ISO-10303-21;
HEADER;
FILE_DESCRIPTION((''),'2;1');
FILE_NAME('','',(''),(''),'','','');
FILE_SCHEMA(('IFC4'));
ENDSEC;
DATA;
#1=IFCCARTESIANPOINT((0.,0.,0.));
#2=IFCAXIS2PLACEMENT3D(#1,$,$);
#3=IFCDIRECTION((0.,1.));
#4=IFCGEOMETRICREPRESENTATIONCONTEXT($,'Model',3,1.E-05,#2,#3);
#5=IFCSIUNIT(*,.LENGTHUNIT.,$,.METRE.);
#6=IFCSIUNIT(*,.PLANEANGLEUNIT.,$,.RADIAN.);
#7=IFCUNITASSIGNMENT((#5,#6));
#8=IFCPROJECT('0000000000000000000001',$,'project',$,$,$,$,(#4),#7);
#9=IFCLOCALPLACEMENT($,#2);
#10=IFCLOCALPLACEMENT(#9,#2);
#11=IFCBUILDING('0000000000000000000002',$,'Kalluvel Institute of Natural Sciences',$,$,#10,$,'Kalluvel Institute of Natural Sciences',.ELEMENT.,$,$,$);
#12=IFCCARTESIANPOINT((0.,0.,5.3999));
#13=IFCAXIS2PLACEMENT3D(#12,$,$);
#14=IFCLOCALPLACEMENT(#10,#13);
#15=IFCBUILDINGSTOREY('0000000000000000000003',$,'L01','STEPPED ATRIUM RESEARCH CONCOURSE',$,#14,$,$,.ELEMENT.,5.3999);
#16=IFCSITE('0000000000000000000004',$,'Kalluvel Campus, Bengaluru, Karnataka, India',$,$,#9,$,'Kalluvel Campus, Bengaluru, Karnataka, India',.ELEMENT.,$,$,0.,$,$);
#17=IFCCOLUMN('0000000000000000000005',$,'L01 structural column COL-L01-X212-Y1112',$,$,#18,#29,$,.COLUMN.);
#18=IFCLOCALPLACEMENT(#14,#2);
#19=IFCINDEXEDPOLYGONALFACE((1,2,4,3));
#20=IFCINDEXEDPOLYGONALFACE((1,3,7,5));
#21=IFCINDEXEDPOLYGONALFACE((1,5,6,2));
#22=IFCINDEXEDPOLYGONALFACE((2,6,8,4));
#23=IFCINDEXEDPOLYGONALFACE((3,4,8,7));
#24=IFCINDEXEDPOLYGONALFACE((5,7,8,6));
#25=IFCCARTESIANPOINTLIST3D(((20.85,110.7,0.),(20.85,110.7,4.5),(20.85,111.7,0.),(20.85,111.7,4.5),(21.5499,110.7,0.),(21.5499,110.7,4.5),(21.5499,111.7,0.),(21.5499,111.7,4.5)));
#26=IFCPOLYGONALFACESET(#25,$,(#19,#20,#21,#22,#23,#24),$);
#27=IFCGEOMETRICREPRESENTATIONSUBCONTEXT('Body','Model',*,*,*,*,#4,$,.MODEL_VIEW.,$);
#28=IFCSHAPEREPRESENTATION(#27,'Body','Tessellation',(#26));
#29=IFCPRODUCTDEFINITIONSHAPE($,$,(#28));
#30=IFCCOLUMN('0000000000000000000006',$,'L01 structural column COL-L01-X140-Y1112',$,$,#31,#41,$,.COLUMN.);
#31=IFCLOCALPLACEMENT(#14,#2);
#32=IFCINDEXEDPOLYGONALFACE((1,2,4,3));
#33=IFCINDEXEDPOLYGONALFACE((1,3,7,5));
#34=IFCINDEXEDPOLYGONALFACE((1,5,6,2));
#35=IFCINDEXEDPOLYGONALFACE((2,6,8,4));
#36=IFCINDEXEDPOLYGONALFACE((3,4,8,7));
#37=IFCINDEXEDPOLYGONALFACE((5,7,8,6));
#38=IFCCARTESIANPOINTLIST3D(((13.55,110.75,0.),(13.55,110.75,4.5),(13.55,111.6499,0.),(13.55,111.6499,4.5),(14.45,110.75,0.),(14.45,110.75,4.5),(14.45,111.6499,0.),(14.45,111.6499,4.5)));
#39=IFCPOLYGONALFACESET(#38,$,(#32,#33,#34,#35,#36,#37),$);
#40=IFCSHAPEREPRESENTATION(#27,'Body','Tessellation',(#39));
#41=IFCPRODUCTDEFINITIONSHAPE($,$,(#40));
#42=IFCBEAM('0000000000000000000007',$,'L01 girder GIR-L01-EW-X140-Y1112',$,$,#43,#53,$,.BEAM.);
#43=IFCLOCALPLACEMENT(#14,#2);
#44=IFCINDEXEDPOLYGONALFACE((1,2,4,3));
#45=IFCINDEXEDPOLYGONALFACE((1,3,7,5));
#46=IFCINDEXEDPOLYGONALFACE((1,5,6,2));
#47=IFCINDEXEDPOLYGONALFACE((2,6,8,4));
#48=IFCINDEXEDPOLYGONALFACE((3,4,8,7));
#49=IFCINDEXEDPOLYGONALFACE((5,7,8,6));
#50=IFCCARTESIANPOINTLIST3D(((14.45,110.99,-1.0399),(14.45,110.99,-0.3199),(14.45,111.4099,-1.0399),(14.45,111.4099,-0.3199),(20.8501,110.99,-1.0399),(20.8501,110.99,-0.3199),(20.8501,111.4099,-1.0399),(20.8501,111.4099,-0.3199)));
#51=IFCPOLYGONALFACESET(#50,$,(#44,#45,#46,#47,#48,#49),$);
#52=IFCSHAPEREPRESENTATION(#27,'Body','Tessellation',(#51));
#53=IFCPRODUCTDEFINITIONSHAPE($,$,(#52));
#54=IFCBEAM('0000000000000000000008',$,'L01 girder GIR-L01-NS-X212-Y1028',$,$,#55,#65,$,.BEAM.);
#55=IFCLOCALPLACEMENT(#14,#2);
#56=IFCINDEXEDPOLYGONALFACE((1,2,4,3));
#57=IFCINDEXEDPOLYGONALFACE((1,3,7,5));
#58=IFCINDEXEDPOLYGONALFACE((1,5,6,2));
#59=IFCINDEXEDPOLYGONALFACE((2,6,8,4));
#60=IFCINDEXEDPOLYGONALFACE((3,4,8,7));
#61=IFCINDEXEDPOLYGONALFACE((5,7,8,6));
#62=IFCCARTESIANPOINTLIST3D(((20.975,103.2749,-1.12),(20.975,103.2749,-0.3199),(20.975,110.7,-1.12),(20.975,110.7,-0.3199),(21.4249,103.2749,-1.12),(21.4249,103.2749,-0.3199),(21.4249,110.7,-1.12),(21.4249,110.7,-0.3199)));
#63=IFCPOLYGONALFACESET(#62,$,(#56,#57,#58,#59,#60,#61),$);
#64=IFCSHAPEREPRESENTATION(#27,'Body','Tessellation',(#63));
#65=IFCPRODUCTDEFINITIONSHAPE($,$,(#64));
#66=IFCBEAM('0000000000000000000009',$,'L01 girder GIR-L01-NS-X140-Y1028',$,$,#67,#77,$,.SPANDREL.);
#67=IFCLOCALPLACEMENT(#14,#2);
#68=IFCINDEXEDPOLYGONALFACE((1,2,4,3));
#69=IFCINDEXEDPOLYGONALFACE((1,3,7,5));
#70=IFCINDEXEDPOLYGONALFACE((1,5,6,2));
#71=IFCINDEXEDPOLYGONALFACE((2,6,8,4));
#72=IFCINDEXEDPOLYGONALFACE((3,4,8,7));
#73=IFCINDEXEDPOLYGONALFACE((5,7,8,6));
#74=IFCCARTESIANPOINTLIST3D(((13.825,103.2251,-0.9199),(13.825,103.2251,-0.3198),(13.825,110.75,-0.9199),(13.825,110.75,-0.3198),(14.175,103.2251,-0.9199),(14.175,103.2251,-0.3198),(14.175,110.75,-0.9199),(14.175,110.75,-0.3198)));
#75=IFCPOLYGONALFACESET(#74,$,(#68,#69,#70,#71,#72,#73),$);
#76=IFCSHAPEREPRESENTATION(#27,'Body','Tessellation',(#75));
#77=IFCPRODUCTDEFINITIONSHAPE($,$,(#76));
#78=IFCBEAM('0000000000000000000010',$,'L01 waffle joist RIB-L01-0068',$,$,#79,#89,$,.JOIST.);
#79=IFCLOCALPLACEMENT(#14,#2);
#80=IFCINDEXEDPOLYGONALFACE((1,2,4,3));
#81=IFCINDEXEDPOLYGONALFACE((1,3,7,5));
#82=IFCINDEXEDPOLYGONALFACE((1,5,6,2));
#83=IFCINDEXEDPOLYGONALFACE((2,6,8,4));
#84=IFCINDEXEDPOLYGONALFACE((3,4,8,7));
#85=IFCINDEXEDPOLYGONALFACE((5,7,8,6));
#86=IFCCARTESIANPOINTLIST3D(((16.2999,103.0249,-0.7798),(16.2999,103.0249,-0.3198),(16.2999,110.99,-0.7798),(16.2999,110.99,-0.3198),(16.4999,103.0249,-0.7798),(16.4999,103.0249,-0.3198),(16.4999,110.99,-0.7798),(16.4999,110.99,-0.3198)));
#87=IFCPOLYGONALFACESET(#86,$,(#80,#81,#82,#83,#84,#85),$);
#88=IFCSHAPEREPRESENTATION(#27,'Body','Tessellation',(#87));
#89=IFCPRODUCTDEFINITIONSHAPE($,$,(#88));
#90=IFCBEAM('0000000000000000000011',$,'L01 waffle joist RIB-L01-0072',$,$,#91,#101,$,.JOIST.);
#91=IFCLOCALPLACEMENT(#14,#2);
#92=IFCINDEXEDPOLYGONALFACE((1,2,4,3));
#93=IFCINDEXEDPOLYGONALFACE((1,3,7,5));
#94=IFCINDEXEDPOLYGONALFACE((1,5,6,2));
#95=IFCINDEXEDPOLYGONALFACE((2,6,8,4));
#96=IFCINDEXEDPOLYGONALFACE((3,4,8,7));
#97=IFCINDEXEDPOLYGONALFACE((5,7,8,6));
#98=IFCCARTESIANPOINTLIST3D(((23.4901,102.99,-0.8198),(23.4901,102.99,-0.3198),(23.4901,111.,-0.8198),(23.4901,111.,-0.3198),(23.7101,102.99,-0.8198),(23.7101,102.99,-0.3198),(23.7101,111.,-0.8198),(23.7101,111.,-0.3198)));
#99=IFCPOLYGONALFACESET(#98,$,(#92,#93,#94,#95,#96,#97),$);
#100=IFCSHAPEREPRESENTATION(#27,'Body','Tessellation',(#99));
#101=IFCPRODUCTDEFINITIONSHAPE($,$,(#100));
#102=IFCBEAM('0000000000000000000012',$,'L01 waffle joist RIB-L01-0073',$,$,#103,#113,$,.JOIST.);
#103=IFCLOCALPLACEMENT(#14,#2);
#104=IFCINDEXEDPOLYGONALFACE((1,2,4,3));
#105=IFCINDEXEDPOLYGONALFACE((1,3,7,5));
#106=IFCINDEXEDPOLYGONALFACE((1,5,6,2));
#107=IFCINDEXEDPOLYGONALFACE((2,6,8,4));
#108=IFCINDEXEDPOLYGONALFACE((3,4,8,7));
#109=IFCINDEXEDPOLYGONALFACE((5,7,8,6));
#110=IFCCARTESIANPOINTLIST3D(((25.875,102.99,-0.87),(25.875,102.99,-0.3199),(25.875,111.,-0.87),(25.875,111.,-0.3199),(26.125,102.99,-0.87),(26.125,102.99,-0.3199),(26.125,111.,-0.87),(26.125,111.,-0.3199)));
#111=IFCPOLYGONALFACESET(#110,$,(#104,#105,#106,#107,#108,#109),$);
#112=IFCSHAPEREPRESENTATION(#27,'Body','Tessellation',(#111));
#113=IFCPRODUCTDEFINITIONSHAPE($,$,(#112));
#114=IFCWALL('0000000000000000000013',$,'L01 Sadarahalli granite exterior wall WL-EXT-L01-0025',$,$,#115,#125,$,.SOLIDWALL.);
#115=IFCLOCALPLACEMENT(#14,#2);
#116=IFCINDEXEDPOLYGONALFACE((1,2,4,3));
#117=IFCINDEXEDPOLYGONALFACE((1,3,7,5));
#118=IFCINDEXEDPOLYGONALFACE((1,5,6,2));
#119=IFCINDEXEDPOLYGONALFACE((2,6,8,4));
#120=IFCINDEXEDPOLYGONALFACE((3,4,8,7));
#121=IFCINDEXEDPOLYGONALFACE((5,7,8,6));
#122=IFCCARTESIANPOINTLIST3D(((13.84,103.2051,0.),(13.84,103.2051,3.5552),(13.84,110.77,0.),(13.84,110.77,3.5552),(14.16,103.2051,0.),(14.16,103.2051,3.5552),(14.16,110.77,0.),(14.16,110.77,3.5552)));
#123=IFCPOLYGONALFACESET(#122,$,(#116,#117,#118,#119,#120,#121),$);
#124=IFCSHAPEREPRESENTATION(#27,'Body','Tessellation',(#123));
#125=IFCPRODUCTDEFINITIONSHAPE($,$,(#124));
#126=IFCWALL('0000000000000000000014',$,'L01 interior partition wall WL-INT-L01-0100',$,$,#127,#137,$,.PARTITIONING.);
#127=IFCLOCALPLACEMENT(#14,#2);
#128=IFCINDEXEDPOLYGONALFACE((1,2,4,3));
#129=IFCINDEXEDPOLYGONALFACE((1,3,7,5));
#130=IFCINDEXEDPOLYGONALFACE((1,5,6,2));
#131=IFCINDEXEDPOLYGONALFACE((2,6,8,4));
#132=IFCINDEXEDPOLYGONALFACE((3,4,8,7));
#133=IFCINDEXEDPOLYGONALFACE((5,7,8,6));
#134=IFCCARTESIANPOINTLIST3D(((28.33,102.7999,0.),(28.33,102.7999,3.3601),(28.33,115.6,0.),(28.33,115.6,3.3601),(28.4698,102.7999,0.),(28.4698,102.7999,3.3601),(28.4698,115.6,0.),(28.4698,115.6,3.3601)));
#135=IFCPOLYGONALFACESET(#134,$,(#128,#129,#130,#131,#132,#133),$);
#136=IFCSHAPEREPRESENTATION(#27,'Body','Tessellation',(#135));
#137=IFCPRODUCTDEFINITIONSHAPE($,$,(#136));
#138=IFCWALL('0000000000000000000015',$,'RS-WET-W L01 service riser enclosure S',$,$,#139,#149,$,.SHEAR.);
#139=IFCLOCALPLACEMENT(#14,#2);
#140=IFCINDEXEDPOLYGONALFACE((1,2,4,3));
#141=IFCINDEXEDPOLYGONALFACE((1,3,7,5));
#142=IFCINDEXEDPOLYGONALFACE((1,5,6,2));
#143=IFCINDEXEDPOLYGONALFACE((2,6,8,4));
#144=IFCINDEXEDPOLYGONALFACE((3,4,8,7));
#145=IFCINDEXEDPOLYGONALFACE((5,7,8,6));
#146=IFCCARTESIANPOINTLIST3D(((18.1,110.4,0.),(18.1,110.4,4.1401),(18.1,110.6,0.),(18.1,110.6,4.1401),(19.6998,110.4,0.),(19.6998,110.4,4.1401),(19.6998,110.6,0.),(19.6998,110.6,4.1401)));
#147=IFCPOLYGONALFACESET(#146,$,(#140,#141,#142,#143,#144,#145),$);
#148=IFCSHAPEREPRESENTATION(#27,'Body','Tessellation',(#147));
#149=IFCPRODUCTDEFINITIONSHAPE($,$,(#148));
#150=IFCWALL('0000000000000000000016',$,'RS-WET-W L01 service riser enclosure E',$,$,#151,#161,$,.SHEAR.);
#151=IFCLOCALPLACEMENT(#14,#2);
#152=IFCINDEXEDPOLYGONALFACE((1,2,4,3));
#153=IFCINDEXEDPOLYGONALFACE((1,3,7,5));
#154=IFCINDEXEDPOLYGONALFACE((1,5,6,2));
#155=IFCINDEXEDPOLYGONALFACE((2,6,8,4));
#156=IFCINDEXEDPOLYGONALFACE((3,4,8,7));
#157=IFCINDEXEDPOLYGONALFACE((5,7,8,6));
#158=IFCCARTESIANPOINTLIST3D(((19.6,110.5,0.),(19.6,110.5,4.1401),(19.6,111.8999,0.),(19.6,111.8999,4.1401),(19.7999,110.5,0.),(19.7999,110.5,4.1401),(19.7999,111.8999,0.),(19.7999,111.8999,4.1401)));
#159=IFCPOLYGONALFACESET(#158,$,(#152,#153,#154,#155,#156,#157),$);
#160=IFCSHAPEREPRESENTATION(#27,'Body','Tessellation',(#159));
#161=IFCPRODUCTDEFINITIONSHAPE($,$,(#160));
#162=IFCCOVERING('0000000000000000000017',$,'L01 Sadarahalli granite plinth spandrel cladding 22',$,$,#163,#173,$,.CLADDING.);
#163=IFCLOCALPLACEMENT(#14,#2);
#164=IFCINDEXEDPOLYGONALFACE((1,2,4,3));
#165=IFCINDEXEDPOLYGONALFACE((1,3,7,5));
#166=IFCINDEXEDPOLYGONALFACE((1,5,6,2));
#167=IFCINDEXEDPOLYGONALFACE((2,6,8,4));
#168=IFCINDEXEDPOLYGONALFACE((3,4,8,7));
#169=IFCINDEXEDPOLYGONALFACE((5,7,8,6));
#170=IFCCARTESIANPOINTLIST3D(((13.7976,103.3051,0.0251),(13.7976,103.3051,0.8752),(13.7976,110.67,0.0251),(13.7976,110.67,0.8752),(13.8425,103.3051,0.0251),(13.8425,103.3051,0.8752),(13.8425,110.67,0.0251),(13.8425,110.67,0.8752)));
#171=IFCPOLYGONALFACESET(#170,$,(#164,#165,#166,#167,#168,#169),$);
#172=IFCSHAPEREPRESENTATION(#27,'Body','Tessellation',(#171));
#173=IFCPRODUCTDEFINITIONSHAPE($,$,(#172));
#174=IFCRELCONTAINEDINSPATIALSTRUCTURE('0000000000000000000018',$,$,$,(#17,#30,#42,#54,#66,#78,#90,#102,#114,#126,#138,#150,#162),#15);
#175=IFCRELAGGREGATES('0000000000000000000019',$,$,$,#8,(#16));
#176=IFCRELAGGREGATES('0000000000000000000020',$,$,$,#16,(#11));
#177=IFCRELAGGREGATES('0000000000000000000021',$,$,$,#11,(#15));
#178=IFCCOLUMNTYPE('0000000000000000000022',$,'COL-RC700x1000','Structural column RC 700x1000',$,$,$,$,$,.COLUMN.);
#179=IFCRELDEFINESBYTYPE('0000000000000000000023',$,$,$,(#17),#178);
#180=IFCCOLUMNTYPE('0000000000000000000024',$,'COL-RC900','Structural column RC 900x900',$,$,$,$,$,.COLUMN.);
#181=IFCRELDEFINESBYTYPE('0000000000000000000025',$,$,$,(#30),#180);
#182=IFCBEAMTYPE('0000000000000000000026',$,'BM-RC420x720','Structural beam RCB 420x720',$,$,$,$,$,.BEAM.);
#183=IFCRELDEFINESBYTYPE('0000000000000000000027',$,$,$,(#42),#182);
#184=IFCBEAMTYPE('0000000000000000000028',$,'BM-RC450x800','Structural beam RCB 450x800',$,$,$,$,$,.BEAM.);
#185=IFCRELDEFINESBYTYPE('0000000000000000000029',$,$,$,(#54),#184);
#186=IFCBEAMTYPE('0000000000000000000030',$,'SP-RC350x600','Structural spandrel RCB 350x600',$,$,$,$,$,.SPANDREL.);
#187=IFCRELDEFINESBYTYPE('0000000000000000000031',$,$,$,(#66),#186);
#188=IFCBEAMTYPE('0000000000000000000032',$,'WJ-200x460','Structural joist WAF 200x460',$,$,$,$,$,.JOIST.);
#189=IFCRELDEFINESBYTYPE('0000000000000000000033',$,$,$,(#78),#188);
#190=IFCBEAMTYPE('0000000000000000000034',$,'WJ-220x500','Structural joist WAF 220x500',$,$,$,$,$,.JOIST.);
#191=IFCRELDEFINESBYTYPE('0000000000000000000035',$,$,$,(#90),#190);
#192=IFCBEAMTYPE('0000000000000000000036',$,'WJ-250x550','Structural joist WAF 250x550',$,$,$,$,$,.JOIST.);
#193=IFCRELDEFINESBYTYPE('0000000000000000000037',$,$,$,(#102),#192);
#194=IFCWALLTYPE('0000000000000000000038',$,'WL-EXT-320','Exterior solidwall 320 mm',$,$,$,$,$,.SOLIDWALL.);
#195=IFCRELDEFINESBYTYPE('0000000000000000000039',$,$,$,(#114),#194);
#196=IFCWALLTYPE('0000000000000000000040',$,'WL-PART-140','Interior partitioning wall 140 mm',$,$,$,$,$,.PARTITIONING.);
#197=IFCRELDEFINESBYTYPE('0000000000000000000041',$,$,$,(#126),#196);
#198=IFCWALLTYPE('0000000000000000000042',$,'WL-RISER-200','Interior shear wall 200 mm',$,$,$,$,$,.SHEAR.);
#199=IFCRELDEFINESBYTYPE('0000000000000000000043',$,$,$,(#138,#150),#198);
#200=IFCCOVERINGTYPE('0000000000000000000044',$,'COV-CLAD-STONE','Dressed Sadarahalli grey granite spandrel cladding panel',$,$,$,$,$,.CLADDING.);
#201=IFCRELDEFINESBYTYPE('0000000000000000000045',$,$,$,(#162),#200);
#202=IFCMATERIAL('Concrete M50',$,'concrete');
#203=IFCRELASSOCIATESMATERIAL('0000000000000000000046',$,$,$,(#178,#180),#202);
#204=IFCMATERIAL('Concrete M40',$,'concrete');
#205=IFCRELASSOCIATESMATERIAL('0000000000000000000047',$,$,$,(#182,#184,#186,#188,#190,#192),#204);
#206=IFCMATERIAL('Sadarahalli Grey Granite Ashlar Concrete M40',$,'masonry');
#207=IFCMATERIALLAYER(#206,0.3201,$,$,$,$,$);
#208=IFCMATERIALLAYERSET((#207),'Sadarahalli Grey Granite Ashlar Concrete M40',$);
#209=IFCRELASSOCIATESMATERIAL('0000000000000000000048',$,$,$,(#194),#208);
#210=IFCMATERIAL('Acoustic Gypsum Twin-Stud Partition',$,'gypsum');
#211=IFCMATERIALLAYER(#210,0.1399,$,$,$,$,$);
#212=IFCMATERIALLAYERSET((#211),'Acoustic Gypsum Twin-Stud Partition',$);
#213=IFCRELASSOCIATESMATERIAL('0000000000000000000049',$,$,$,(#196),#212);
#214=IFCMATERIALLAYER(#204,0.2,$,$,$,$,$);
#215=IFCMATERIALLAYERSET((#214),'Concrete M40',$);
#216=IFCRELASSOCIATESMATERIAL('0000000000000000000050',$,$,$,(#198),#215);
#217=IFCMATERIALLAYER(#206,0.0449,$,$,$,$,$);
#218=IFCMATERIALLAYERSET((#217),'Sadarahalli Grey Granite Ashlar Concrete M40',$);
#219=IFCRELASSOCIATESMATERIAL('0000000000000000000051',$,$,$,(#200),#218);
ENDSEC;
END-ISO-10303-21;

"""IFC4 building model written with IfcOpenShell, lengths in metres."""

from ifc_helpers import new_model, si_unit, direction, frame, frame_2d, origin, origin_2d, place, context, subcontext, project, spatial, rectangle, extrude, material, layer, layer_set, material_profile, profile_set, type_object, element, save


model = new_model("IFC4")

# Units and contexts
model_context = context("Model", 3, precision=1e-05, world=origin(), true_north=direction((0.0, 1.0)))
body_context = subcontext(model_context, "Body", "Model", "MODEL_VIEW")
ifc_project = project(units=[si_unit("LENGTHUNIT", "METRE"), si_unit("PLANEANGLEUNIT", "RADIAN")], contexts=[model_context])

# Site, building, storey
site_placement = place(None, origin())
site = spatial("IfcSite", under=ifc_project, at=site_placement, Name="Kalluvel Campus, Bengaluru, Karnataka, India", LongName="Kalluvel Campus, Bengaluru, Karnataka, India", CompositionType="ELEMENT", RefElevation=0.0)
building_placement = place(site_placement, origin())
building = spatial("IfcBuilding", under=site, at=building_placement, Name="Kalluvel Institute of Natural Sciences", LongName="Kalluvel Institute of Natural Sciences", CompositionType="ELEMENT")
storey_placement = place(building_placement, frame((0.0, 0.0, 5.3999)))
storey = spatial("IfcBuildingStorey", under=building, at=storey_placement, Name="L01", Description="STEPPED ATRIUM RESEARCH CONCOURSE", CompositionType="ELEMENT", Elevation=5.3999)

# Columns
ifc_material_1 = material(Name="Concrete M50", Category="concrete")
ifc_material_profile_1 = material_profile(ifc_material_1, rectangle(XDim=0.7, YDim=1.0, at=origin_2d()), Name="RC 700x1000")
ifc_profile_set_1 = profile_set([ifc_material_profile_1], Name="Concrete M50")
column_type_1 = type_object("IfcColumnType", Name="COL-RC700x1000", Description="Structural column RC 700x1000", PredefinedType="COLUMN", material=ifc_profile_set_1)
column_1_placement = place(storey_placement, frame((21.2, 111.2, 0.0), z_axis=(0.0, 0.0, 1.0), x_axis=(1.0, 0.0, 0.0)))
element("IfcColumn", 1, at=column_1_placement, inside=storey, type_object=column_type_1, Name="L01 structural column COL-L01-X212-Y1112", PredefinedType="COLUMN", context=body_context, shape_type="SweptSolid", body=[
    extrude(rectangle(XDim=0.7, YDim=1.0, at=origin_2d()), origin(), (0.0, 0.0, 1.0), 4.5),
])
ifc_material_profile_2 = material_profile(ifc_material_1, rectangle(XDim=0.8999, YDim=0.8999, at=origin_2d()), Name="RC 900x900")
ifc_profile_set_2 = profile_set([ifc_material_profile_2], Name="Concrete M50")
column_type_2 = type_object("IfcColumnType", Name="COL-RC900", Description="Structural column RC 900x900", PredefinedType="COLUMN", material=ifc_profile_set_2)
column_2_placement = place(storey_placement, frame((14.0, 111.2, 0.0), z_axis=(0.0, 0.0, 1.0), x_axis=(1.0, 0.0, 0.0)))
element("IfcColumn", 2, at=column_2_placement, inside=storey, type_object=column_type_2, Name="L01 structural column COL-L01-X140-Y1112", PredefinedType="COLUMN", context=body_context, shape_type="SweptSolid", body=[
    extrude(rectangle(XDim=0.8999, YDim=0.8999, at=origin_2d()), origin(), (0.0, 0.0, 1.0), 4.5),
])

# Beams
ifc_material_2 = material(Name="Concrete M40", Category="concrete")
ifc_material_profile_3 = material_profile(ifc_material_2, rectangle(XDim=0.4199, YDim=0.72, at=origin_2d()), Name="RCB 420x720")
ifc_profile_set_3 = profile_set([ifc_material_profile_3], Name="Concrete M40")
beam_type_1 = type_object("IfcBeamType", Name="BM-RC420x720", Description="Structural beam RCB 420x720", PredefinedType="BEAM", material=ifc_profile_set_3)
beam_1_placement = place(storey_placement, frame((14.45, 111.2, -0.6799), z_axis=(1.0, 0.0, 0.0), x_axis=(0.0, 1.0, 0.0)))
element("IfcBeam", 3, at=beam_1_placement, inside=storey, type_object=beam_type_1, Name="L01 girder GIR-L01-EW-X140-Y1112", PredefinedType="BEAM", context=body_context, shape_type="SweptSolid", body=[
    extrude(rectangle(XDim=0.4199, YDim=0.72, at=origin_2d()), origin(), (0.0, 0.0, 1.0), 6.4001),
])
ifc_material_profile_4 = material_profile(ifc_material_2, rectangle(XDim=0.45, YDim=0.8, at=origin_2d()), Name="RCB 450x800")
ifc_profile_set_4 = profile_set([ifc_material_profile_4], Name="Concrete M40")
beam_type_2 = type_object("IfcBeamType", Name="BM-RC450x800", Description="Structural beam RCB 450x800", PredefinedType="BEAM", material=ifc_profile_set_4)
beam_2_placement = place(storey_placement, frame((21.2, 103.2749, -0.72), z_axis=(0.0, 1.0, 0.0), x_axis=(-1.0, 0.0, 0.0)))
element("IfcBeam", 4, at=beam_2_placement, inside=storey, type_object=beam_type_2, Name="L01 girder GIR-L01-NS-X212-Y1028", PredefinedType="BEAM", context=body_context, shape_type="SweptSolid", body=[
    extrude(rectangle(XDim=0.45, YDim=0.8, at=origin_2d()), origin(), (0.0, 0.0, 1.0), 7.425),
])
ifc_material_profile_5 = material_profile(ifc_material_2, rectangle(XDim=0.3501, YDim=0.6001, at=origin_2d()), Name="RCB 350x600")
ifc_profile_set_5 = profile_set([ifc_material_profile_5], Name="Concrete M40")
beam_type_3 = type_object("IfcBeamType", Name="SP-RC350x600", Description="Structural spandrel RCB 350x600", PredefinedType="SPANDREL", material=ifc_profile_set_5)
beam_3_placement = place(storey_placement, frame((14.0, 103.2251, -0.6199), z_axis=(0.0, 1.0, 0.0), x_axis=(-1.0, 0.0, 0.0)))
element("IfcBeam", 5, at=beam_3_placement, inside=storey, type_object=beam_type_3, Name="L01 girder GIR-L01-NS-X140-Y1028", PredefinedType="SPANDREL", context=body_context, shape_type="SweptSolid", body=[
    extrude(rectangle(XDim=0.3501, YDim=0.6001, at=origin_2d()), origin(), (0.0, 0.0, 1.0), 7.5249),
])
ifc_material_profile_6 = material_profile(ifc_material_2, rectangle(XDim=0.2, YDim=0.46, at=origin_2d()), Name="WAF 200x460")
ifc_profile_set_6 = profile_set([ifc_material_profile_6], Name="Concrete M40")
beam_type_4 = type_object("IfcBeamType", Name="WJ-200x460", Description="Structural joist WAF 200x460", PredefinedType="JOIST", material=ifc_profile_set_6)
beam_4_placement = place(storey_placement, frame((16.3999, 103.0249, -0.5498), z_axis=(0.0, 1.0, 0.0), x_axis=(-1.0, 0.0, 0.0)))
element("IfcBeam", 6, at=beam_4_placement, inside=storey, type_object=beam_type_4, Name="L01 waffle joist RIB-L01-0068", PredefinedType="JOIST", context=body_context, shape_type="SweptSolid", body=[
    extrude(rectangle(XDim=0.2, YDim=0.46, at=origin_2d()), origin(), (0.0, 0.0, 1.0), 7.9651),
])
ifc_material_profile_7 = material_profile(ifc_material_2, rectangle(XDim=0.22, YDim=0.5, at=origin_2d()), Name="WAF 220x500")
ifc_profile_set_7 = profile_set([ifc_material_profile_7], Name="Concrete M40")
beam_type_5 = type_object("IfcBeamType", Name="WJ-220x500", Description="Structural joist WAF 220x500", PredefinedType="JOIST", material=ifc_profile_set_7)
beam_5_placement = place(storey_placement, frame((23.6001, 102.99, -0.5698), z_axis=(0.0, 1.0, 0.0), x_axis=(-1.0, 0.0, 0.0)))
element("IfcBeam", 7, at=beam_5_placement, inside=storey, type_object=beam_type_5, Name="L01 waffle joist RIB-L01-0072", PredefinedType="JOIST", context=body_context, shape_type="SweptSolid", body=[
    extrude(rectangle(XDim=0.22, YDim=0.5, at=origin_2d()), origin(), (0.0, 0.0, 1.0), 8.01),
])
ifc_material_profile_8 = material_profile(ifc_material_2, rectangle(XDim=0.25, YDim=0.55, at=origin_2d()), Name="WAF 250x550")
ifc_profile_set_8 = profile_set([ifc_material_profile_8], Name="Concrete M40")
beam_type_6 = type_object("IfcBeamType", Name="WJ-250x550", Description="Structural joist WAF 250x550", PredefinedType="JOIST", material=ifc_profile_set_8)
beam_6_placement = place(storey_placement, frame((26.0, 102.99, -0.595), z_axis=(0.0, 1.0, 0.0), x_axis=(-1.0, 0.0, 0.0)))
element("IfcBeam", 8, at=beam_6_placement, inside=storey, type_object=beam_type_6, Name="L01 waffle joist RIB-L01-0073", PredefinedType="JOIST", context=body_context, shape_type="SweptSolid", body=[
    extrude(rectangle(XDim=0.25, YDim=0.55, at=origin_2d()), origin(), (0.0, 0.0, 1.0), 8.01),
])

# Walls
ifc_material_3 = material(Name="Sadarahalli Grey Granite Ashlar Concrete M40", Category="masonry")
ifc_layer_1 = layer(ifc_material_3, 0.3201)
ifc_layer_set_1 = layer_set([ifc_layer_1], Name="Sadarahalli Grey Granite Ashlar Concrete M40")
wall_type_1 = type_object("IfcWallType", Name="WL-EXT-320", Description="Exterior solidwall 320 mm", PredefinedType="SOLIDWALL", material=ifc_layer_set_1)
wall_1_placement = place(storey_placement, frame((14.0, 103.2051, 0.0), z_axis=(0.0, 0.0, 1.0), x_axis=(0.0, 1.0, 0.0)))
element("IfcWall", 9, at=wall_1_placement, inside=storey, type_object=wall_type_1, Name="L01 Sadarahalli granite exterior wall WL-EXT-L01-0025", PredefinedType="SOLIDWALL", context=body_context, shape_type="SweptSolid", body=[
    extrude(rectangle(XDim=7.5649, YDim=0.3201, at=frame_2d((3.7825, 0.0))), origin(), (0.0, 0.0, 1.0), 3.5552),
])
ifc_material_4 = material(Name="Acoustic Gypsum Twin-Stud Partition", Category="gypsum")
ifc_layer_2 = layer(ifc_material_4, 0.1399)
ifc_layer_set_2 = layer_set([ifc_layer_2], Name="Acoustic Gypsum Twin-Stud Partition")
wall_type_2 = type_object("IfcWallType", Name="WL-PART-140", Description="Interior partitioning wall 140 mm", PredefinedType="PARTITIONING", material=ifc_layer_set_2)
wall_2_placement = place(storey_placement, frame((28.3999, 102.8, 0.0), z_axis=(0.0, 0.0, 1.0), x_axis=(0.0, 1.0, 0.0)))
element("IfcWall", 10, at=wall_2_placement, inside=storey, type_object=wall_type_2, Name="L01 interior partition wall WL-INT-L01-0100", PredefinedType="PARTITIONING", context=body_context, shape_type="SweptSolid", body=[
    extrude(rectangle(XDim=12.8, YDim=0.1399, at=frame_2d((6.3999, 0.0))), origin(), (0.0, 0.0, 1.0), 3.3601),
])
ifc_layer_3 = layer(ifc_material_2, 0.2)
ifc_layer_set_3 = layer_set([ifc_layer_3], Name="Concrete M40")
wall_type_3 = type_object("IfcWallType", Name="WL-RISER-200", Description="Interior shear wall 200 mm", PredefinedType="SHEAR", material=ifc_layer_set_3)
wall_3_placement = place(storey_placement, frame((18.1001, 110.5, 0.0), z_axis=(0.0, 0.0, 1.0), x_axis=(1.0, 0.0, 0.0)))
element("IfcWall", 11, at=wall_3_placement, inside=storey, type_object=wall_type_3, Name="RS-WET-W L01 service riser enclosure S", PredefinedType="SHEAR", context=body_context, shape_type="SweptSolid", body=[
    extrude(rectangle(XDim=1.5999, YDim=0.2, at=frame_2d((0.7998, 0.0))), origin(), (0.0, 0.0, 1.0), 4.1401),
])
wall_4_placement = place(storey_placement, frame((19.7, 110.5, 0.0), z_axis=(0.0, 0.0, 1.0), x_axis=(0.0, 1.0, 0.0)))
element("IfcWall", 12, at=wall_4_placement, inside=storey, type_object=wall_type_3, Name="RS-WET-W L01 service riser enclosure E", PredefinedType="SHEAR", context=body_context, shape_type="SweptSolid", body=[
    extrude(rectangle(XDim=1.3999, YDim=0.2, at=frame_2d((0.7, 0.0))), origin(), (0.0, 0.0, 1.0), 4.1401),
])

# Covering
ifc_layer_4 = layer(ifc_material_3, 0.0449)
ifc_layer_set_4 = layer_set([ifc_layer_4], Name="Sadarahalli Grey Granite Ashlar Concrete M40")
covering_type = type_object("IfcCoveringType", Name="COV-CLAD-STONE", Description="Dressed Sadarahalli grey granite spandrel cladding panel", PredefinedType="CLADDING", material=ifc_layer_set_4)
covering_placement = place(storey_placement, frame((13.8201, 106.9875, 0.0251), z_axis=(0.0, 0.0, 1.0), x_axis=(0.0, 1.0, 0.0)))
element("IfcCovering", 13, at=covering_placement, inside=storey, type_object=covering_type, Name="L01 Sadarahalli granite plinth spandrel cladding 22", PredefinedType="CLADDING", context=body_context, shape_type="SweptSolid", body=[
    extrude(rectangle(XDim=7.365, YDim=0.0449, at=origin_2d()), origin(), (0.0, 0.0, 1.0), 0.8501),
])

save(model, "model.ifc")
